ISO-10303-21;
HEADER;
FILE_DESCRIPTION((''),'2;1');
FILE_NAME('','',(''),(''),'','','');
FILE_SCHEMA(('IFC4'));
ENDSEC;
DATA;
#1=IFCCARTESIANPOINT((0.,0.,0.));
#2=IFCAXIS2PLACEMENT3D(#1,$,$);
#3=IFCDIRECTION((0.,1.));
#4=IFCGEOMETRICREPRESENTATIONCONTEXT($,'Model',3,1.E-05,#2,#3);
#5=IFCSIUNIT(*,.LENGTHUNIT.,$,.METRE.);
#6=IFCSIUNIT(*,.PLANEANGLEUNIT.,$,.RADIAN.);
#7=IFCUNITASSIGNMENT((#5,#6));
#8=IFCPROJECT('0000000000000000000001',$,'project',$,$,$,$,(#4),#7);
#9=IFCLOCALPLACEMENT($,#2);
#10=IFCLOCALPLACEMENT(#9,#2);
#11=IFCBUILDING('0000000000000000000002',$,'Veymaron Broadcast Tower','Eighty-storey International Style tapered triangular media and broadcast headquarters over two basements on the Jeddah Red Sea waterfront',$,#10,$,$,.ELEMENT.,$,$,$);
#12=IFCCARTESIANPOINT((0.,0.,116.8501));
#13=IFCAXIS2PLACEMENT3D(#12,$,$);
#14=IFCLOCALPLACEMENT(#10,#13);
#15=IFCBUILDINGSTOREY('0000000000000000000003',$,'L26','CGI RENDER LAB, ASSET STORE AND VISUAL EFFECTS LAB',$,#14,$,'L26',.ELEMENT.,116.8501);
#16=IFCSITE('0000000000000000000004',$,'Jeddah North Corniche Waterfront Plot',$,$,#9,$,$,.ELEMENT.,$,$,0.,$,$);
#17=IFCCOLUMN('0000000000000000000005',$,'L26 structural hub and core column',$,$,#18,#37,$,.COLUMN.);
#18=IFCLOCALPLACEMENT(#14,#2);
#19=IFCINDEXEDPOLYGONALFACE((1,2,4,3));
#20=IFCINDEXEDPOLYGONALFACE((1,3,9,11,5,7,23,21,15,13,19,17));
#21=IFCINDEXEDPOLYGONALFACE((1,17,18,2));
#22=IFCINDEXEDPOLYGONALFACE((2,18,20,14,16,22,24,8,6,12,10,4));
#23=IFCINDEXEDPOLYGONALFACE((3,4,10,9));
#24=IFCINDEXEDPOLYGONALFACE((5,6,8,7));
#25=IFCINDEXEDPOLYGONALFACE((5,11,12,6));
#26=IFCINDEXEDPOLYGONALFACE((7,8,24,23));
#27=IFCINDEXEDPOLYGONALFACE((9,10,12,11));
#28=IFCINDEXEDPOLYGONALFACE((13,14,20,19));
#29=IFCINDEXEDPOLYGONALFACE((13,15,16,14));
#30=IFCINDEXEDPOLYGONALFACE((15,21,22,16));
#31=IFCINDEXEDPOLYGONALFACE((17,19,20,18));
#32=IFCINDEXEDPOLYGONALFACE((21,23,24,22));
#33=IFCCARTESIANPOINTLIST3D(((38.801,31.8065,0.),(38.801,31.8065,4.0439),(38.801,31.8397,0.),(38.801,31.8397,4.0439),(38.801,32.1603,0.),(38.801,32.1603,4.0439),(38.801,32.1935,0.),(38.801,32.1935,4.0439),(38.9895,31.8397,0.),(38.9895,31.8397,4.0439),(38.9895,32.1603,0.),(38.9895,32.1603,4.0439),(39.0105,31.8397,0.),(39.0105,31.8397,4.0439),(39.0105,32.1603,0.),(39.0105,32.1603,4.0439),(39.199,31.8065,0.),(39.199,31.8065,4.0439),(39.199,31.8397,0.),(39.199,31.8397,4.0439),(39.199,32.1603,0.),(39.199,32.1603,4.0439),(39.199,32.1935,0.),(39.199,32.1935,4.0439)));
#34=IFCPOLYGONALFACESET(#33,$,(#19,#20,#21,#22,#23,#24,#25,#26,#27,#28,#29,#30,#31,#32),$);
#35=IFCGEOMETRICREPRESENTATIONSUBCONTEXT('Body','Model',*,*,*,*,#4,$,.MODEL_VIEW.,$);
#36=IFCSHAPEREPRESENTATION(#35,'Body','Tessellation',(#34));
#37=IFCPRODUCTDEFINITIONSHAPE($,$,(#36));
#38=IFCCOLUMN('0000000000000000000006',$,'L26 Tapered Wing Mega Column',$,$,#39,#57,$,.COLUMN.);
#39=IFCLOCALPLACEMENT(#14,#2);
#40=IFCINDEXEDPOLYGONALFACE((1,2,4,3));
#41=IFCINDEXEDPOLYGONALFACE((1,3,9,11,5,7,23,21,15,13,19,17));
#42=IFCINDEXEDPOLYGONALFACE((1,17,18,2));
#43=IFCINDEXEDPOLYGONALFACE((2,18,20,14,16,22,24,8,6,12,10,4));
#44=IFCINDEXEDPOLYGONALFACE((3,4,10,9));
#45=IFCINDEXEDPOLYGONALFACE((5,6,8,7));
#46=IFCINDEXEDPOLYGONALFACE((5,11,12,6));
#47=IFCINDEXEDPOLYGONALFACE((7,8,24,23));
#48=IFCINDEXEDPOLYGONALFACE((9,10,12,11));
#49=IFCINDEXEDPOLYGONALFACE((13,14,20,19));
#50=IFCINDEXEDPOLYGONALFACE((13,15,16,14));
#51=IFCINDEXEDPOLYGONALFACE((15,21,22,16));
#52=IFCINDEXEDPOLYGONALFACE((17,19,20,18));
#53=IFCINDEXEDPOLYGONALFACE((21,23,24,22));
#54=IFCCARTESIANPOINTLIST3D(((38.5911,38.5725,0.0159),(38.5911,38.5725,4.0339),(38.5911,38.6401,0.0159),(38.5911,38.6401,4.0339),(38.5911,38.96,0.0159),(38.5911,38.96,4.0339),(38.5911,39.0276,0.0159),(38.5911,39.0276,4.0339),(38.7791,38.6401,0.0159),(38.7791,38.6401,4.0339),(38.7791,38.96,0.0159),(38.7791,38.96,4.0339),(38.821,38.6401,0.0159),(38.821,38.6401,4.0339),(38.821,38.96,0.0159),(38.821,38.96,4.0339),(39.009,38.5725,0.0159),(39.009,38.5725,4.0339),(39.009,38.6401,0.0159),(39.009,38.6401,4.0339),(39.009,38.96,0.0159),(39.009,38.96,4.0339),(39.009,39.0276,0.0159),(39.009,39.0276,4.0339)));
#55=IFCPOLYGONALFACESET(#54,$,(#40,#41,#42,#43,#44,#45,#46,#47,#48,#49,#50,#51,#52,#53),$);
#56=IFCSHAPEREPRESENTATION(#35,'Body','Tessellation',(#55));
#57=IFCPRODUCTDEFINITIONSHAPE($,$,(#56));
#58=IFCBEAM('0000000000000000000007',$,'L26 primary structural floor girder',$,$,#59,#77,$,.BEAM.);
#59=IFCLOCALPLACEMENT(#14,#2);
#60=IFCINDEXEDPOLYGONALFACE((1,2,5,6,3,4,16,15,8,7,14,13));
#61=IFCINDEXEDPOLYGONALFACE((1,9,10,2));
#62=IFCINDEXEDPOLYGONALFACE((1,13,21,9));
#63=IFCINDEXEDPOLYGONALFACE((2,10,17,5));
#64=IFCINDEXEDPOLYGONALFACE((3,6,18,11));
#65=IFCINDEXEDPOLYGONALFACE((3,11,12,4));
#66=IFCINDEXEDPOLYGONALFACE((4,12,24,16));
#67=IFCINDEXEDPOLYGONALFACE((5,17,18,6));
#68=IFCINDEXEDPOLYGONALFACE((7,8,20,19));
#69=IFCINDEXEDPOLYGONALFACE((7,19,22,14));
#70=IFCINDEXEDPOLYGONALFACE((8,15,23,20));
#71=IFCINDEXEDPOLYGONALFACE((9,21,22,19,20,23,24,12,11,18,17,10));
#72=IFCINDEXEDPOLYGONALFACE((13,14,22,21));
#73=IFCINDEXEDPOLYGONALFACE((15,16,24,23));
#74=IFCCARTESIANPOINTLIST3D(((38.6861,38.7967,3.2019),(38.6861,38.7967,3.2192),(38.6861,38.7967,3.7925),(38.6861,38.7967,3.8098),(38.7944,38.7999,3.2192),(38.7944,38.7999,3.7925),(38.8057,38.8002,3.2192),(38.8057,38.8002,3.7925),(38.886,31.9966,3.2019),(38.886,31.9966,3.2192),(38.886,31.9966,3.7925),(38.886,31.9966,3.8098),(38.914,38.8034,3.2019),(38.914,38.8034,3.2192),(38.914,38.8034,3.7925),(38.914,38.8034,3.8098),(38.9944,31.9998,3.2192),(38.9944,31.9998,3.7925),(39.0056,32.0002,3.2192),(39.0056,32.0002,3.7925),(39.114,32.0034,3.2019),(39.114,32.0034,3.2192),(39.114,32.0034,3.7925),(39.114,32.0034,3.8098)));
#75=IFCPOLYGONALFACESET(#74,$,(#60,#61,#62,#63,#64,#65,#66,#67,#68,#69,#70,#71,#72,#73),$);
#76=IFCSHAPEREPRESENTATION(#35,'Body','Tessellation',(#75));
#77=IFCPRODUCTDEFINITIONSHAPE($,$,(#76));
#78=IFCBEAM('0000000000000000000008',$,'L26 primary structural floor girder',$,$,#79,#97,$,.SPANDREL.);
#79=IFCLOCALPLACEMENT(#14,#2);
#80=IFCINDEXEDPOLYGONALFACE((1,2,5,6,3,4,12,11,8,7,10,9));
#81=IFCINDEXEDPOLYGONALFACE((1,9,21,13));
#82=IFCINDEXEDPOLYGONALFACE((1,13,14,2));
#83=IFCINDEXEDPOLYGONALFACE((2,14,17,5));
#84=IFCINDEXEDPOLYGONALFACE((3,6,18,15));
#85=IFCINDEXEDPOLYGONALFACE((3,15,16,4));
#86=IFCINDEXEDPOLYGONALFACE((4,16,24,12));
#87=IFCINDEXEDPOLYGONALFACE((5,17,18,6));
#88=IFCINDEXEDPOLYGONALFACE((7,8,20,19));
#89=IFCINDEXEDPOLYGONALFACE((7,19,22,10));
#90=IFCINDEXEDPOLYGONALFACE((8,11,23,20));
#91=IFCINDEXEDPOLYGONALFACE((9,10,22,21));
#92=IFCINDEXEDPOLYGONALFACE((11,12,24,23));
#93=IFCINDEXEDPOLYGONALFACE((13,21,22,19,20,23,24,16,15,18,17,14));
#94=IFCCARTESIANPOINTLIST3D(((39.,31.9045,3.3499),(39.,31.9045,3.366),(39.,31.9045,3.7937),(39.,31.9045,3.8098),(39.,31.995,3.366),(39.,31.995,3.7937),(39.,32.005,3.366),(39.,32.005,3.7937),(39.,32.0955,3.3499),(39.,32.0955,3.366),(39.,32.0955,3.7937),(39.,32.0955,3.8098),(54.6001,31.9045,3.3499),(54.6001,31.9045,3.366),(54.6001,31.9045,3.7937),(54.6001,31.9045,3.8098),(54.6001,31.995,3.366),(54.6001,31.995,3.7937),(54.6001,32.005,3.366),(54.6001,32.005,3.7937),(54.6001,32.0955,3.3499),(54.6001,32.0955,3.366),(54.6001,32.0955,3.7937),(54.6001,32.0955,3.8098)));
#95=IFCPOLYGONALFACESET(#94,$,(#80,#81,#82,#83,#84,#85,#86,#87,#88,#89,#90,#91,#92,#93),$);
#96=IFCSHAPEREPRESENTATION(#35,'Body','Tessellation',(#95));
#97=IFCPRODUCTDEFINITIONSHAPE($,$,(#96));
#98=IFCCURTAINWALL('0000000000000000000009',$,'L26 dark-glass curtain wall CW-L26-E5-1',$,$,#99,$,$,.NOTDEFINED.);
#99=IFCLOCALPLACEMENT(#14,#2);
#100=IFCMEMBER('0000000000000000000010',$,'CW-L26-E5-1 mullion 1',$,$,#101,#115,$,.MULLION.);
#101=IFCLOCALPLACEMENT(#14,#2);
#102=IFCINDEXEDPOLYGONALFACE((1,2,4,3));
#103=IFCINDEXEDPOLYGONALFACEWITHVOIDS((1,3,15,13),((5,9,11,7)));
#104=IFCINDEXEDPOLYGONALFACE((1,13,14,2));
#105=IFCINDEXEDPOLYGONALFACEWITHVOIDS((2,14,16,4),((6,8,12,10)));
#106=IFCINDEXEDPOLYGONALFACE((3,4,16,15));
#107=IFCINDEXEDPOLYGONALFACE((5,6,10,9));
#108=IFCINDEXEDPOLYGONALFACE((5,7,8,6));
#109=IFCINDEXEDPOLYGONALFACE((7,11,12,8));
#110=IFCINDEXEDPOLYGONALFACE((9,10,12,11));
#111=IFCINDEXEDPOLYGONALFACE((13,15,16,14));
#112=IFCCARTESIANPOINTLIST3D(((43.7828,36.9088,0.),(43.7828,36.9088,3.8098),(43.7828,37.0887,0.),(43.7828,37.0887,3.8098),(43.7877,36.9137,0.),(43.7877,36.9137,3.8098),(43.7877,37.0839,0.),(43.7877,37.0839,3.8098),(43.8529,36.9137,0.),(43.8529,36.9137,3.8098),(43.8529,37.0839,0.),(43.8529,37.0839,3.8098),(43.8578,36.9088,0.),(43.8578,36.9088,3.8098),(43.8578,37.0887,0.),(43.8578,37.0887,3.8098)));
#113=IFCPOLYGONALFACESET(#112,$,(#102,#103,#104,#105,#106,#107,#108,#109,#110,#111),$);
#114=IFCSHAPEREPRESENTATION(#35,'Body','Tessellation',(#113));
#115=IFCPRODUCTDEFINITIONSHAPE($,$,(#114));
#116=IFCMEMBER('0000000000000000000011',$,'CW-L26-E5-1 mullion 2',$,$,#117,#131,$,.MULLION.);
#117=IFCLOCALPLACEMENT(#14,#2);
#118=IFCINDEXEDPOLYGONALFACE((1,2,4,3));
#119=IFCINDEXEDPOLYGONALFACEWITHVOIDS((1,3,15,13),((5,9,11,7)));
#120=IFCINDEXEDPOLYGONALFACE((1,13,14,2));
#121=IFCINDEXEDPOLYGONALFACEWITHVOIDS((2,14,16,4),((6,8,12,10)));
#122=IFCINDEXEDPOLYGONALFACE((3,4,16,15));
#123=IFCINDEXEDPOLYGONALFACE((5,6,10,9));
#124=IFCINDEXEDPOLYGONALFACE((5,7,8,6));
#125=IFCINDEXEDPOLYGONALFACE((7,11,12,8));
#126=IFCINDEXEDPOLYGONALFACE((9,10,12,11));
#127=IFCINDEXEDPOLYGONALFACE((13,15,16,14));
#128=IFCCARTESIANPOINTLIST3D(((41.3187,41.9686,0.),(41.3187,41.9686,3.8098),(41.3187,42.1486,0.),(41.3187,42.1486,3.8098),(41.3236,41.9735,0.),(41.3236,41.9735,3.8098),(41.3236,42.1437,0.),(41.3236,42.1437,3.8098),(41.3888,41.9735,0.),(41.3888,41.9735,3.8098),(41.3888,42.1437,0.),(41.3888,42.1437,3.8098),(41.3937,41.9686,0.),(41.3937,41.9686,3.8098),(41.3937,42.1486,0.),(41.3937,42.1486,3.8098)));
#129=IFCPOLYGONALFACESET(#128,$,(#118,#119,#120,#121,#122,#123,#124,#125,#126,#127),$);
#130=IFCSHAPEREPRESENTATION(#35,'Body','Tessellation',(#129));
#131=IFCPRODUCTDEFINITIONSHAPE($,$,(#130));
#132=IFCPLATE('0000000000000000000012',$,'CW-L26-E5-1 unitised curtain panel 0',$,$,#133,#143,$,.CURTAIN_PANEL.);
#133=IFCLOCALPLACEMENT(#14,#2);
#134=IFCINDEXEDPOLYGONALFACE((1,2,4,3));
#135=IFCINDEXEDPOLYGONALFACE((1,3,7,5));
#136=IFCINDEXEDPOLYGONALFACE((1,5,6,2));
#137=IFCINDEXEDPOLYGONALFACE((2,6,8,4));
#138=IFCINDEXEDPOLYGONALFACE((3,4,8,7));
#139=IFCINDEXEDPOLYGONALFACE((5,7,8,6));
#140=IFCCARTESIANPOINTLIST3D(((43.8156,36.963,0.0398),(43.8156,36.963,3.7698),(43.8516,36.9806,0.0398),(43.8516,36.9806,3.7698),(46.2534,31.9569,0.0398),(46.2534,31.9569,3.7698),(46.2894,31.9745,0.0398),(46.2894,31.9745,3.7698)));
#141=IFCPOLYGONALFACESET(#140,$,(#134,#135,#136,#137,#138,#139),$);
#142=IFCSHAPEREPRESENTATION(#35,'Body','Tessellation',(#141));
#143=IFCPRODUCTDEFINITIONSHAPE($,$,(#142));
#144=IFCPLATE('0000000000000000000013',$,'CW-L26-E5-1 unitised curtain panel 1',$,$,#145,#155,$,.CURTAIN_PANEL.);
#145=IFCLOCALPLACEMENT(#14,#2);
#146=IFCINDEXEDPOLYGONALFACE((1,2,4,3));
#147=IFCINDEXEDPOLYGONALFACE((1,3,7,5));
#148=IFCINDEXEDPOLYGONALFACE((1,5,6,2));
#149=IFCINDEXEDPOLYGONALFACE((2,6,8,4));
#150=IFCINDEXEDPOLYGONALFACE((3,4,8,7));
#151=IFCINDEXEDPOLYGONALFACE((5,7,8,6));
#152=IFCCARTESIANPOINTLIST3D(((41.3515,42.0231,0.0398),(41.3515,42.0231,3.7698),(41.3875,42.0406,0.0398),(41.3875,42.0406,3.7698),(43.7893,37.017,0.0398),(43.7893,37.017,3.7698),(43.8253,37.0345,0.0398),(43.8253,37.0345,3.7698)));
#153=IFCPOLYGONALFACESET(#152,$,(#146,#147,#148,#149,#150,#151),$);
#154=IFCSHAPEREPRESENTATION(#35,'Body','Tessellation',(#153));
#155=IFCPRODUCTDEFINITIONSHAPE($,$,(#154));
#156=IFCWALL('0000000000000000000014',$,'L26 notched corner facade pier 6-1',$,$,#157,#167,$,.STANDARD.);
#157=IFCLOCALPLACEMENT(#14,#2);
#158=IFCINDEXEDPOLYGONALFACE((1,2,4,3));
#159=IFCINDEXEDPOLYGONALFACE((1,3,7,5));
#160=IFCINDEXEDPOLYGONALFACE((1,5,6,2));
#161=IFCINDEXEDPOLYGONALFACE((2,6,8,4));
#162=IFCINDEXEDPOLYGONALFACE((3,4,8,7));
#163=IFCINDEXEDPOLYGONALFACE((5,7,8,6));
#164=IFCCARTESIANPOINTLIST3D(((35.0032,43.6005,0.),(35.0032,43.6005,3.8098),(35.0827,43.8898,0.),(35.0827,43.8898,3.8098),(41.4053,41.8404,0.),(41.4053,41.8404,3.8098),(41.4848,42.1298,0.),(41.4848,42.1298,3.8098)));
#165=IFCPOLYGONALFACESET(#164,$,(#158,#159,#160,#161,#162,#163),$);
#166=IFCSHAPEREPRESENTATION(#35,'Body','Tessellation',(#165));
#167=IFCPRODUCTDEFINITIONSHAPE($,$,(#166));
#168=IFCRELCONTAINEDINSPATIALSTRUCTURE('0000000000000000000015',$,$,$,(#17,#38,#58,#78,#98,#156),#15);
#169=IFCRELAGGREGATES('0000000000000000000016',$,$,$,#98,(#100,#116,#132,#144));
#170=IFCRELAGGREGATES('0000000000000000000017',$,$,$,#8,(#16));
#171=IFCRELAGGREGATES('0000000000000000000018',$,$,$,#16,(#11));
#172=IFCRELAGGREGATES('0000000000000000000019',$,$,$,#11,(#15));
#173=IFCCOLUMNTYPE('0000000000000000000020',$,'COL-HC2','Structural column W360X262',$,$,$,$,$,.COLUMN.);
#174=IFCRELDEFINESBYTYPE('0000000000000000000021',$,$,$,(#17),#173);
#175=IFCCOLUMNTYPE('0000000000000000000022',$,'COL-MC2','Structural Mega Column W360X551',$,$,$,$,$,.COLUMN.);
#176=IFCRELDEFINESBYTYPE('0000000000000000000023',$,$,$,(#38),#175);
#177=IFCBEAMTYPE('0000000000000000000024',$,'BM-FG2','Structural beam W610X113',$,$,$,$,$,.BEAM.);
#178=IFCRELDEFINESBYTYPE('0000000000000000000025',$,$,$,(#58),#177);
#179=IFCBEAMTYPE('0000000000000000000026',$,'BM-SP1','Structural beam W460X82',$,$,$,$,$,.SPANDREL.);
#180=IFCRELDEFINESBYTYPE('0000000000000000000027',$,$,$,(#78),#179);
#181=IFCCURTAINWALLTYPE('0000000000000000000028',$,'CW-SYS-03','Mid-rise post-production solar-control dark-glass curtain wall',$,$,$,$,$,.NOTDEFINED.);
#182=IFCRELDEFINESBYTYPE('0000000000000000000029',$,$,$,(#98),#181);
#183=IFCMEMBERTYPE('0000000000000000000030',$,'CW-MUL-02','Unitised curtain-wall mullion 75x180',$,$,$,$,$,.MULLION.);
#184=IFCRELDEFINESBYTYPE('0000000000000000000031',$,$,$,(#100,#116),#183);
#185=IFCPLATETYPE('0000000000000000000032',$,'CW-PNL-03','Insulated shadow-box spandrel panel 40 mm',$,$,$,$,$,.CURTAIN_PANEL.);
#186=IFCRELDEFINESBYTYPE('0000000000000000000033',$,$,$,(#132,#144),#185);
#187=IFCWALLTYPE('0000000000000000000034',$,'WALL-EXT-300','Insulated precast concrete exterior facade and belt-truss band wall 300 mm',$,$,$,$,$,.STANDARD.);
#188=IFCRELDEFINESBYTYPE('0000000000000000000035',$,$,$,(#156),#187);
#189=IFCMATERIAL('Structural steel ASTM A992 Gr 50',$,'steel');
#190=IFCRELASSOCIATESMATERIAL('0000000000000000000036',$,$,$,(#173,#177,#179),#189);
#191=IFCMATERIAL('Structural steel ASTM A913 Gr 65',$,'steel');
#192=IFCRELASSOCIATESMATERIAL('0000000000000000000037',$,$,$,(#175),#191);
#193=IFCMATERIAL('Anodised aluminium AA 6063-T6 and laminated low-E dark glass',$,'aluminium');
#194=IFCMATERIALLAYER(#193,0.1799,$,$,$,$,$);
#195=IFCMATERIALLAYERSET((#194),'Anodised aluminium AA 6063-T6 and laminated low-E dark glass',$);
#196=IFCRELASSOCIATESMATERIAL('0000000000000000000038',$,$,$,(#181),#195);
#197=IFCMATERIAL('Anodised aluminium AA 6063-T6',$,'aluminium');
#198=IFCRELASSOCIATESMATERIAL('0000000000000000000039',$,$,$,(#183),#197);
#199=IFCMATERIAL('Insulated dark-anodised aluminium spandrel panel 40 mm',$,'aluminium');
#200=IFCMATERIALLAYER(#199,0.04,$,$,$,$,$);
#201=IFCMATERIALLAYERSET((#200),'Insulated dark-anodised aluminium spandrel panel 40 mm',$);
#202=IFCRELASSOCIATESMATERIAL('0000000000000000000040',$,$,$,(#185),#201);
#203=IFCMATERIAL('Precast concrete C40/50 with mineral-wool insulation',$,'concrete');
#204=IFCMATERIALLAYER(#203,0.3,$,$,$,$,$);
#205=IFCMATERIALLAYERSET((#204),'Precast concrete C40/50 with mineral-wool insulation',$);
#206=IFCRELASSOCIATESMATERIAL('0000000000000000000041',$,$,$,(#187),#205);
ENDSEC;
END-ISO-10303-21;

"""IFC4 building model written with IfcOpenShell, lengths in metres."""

from ifc_helpers import new_model, si_unit, direction, frame, frame_2d, origin, origin_2d, place, context, subcontext, project, spatial, rectangle, hollow_rectangle, i_section, extrude, material, layer, layer_set, material_profile, profile_set, type_object, element, aggregate, save


model = new_model("IFC4")

# Units and contexts
model_context = context("Model", 3, precision=1e-05, world=origin(), true_north=direction((0.0, 1.0)))
body_context = subcontext(model_context, "Body", "Model", "MODEL_VIEW")
ifc_project = project(units=[si_unit("LENGTHUNIT", "METRE"), si_unit("PLANEANGLEUNIT", "RADIAN")], contexts=[model_context])

# Site, building, storey
site_placement = place(None, origin())
site = spatial("IfcSite", under=ifc_project, at=site_placement, Name="Jeddah North Corniche Waterfront Plot", CompositionType="ELEMENT", RefElevation=0.0)
building_placement = place(site_placement, origin())
building = spatial("IfcBuilding", under=site, at=building_placement, Name="Veymaron Broadcast Tower", Description="Eighty-storey International Style tapered triangular media and broadcast headquarters over two basements on the Jeddah Red Sea waterfront", CompositionType="ELEMENT")
storey_placement = place(building_placement, frame((0.0, 0.0, 116.8501)))
storey = spatial("IfcBuildingStorey", under=building, at=storey_placement, Name="L26", Description="CGI RENDER LAB, ASSET STORE AND VISUAL EFFECTS LAB", LongName="L26", CompositionType="ELEMENT", Elevation=116.8501)

# Columns
ifc_material_1 = material(Name="Structural steel ASTM A992 Gr 50", Category="steel")
ifc_material_profile_1 = material_profile(ifc_material_1, i_section(OverallWidth=0.3979, OverallDepth=0.387, WebThickness=0.021, FlangeThickness=0.0332, at=origin_2d()), Name="W360X262")
ifc_profile_set_1 = profile_set([ifc_material_profile_1], Name="Structural steel ASTM A992 Gr 50")
column_type_1 = type_object("IfcColumnType", Name="COL-HC2", Description="Structural column W360X262", PredefinedType="COLUMN", material=ifc_profile_set_1)
column_1_placement = place(storey_placement, frame((39.0, 32.0, 0.0), z_axis=(0.0, 0.0, 1.0), x_axis=(1.0, 0.0, 0.0)))
element("IfcColumn", 1, at=column_1_placement, inside=storey, type_object=column_type_1, Name="L26 structural hub and core column", PredefinedType="COLUMN", context=body_context, shape_type="SweptSolid", body=[
    extrude(i_section(OverallWidth=0.3979, OverallDepth=0.387, WebThickness=0.021, FlangeThickness=0.0332, at=origin_2d()), origin(), (0.0, 0.0, 1.0), 4.0439),
])
ifc_material_2 = material(Name="Structural steel ASTM A913 Gr 65", Category="steel")
ifc_material_profile_2 = material_profile(ifc_material_2, i_section(OverallWidth=0.418, OverallDepth=0.4551, WebThickness=0.042, FlangeThickness=0.0676, at=origin_2d()), Name="W360X551")
ifc_profile_set_2 = profile_set([ifc_material_profile_2], Name="Structural steel ASTM A913 Gr 65")
column_type_2 = type_object("IfcColumnType", Name="COL-MC2", Description="Structural Mega Column W360X551", PredefinedType="COLUMN", material=ifc_profile_set_2)
column_2_placement = place(storey_placement, frame((38.8, 38.8, 0.0159), z_axis=(0.0, 0.0, 1.0), x_axis=(1.0, 0.0, 0.0)))
element("IfcColumn", 2, at=column_2_placement, inside=storey, type_object=column_type_2, Name="L26 Tapered Wing Mega Column", PredefinedType="COLUMN", context=body_context, shape_type="SweptSolid", body=[
    extrude(i_section(OverallWidth=0.418, OverallDepth=0.4551, WebThickness=0.042, FlangeThickness=0.0676, at=origin_2d()), origin(), (0.0, 0.0, 1.0), 4.0181),
])

# Beams
ifc_material_profile_3 = material_profile(ifc_material_1, i_section(OverallWidth=0.228, OverallDepth=0.6079, WebThickness=0.0112, FlangeThickness=0.0173, at=origin_2d()), Name="W610X113")
ifc_profile_set_3 = profile_set([ifc_material_profile_3], Name="Structural steel ASTM A992 Gr 50")
beam_type_1 = type_object("IfcBeamType", Name="BM-FG2", Description="Structural beam W610X113", PredefinedType="BEAM", material=ifc_profile_set_3)
beam_1_placement = place(storey_placement, frame((39.0, 32.0, 3.5059), z_axis=(-0.029392, 0.999568, 0.0), x_axis=(-0.999568, -0.029392, 0.0)))
element("IfcBeam", 3, at=beam_1_placement, inside=storey, type_object=beam_type_1, Name="L26 primary structural floor girder", PredefinedType="BEAM", context=body_context, shape_type="SweptSolid", body=[
    extrude(i_section(OverallWidth=0.228, OverallDepth=0.6079, WebThickness=0.0112, FlangeThickness=0.0173, at=origin_2d()), origin(), (0.0, 0.0, 1.0), 6.803),
])
ifc_material_profile_4 = material_profile(ifc_material_1, i_section(OverallWidth=0.1909, OverallDepth=0.46, WebThickness=0.01, FlangeThickness=0.0161, at=origin_2d()), Name="W460X82")
ifc_profile_set_4 = profile_set([ifc_material_profile_4], Name="Structural steel ASTM A992 Gr 50")
beam_type_2 = type_object("IfcBeamType", Name="BM-SP1", Description="Structural beam W460X82", PredefinedType="SPANDREL", material=ifc_profile_set_4)
beam_2_placement = place(storey_placement, frame((39.0, 32.0, 3.5798), z_axis=(1.0, 0.0, 0.0), x_axis=(0.0, 1.0, 0.0)))
element("IfcBeam", 4, at=beam_2_placement, inside=storey, type_object=beam_type_2, Name="L26 primary structural floor girder", PredefinedType="SPANDREL", context=body_context, shape_type="SweptSolid", body=[
    extrude(i_section(OverallWidth=0.1909, OverallDepth=0.46, WebThickness=0.01, FlangeThickness=0.0161, at=origin_2d()), origin(), (0.0, 0.0, 1.0), 15.6001),
])

# Curtain wall, members, plates
ifc_material_3 = material(Name="Anodised aluminium AA 6063-T6 and laminated low-E dark glass", Category="aluminium")
ifc_layer_1 = layer(ifc_material_3, 0.1799)
ifc_layer_set_1 = layer_set([ifc_layer_1], Name="Anodised aluminium AA 6063-T6 and laminated low-E dark glass")
curtain_wall_type = type_object("IfcCurtainWallType", Name="CW-SYS-03", Description="Mid-rise post-production solar-control dark-glass curtain wall", PredefinedType="NOTDEFINED", material=ifc_layer_set_1)
curtain_wall_placement = place(storey_placement, origin())
curtain_wall = element("IfcCurtainWall", 5, at=curtain_wall_placement, inside=storey, type_object=curtain_wall_type, Name="L26 dark-glass curtain wall CW-L26-E5-1", PredefinedType="NOTDEFINED")
ifc_material_4 = material(Name="Anodised aluminium AA 6063-T6", Category="aluminium")
ifc_material_profile_5 = material_profile(ifc_material_4, hollow_rectangle(XDim=0.075, YDim=0.1799, WallThickness=0.0049, at=origin_2d()), Name="AL180X75X5")
ifc_profile_set_5 = profile_set([ifc_material_profile_5], Name="Anodised aluminium AA 6063-T6")
member_type = type_object("IfcMemberType", Name="CW-MUL-02", Description="Unitised curtain-wall mullion 75x180", PredefinedType="MULLION", material=ifc_profile_set_5)
member_1_placement = place(storey_placement, frame((43.8203, 36.9988, 0.0), z_axis=(0.0, 0.0, 1.0), x_axis=(1.0, 0.0, 0.0)))
member_1 = element("IfcMember", 6, at=member_1_placement, type_object=member_type, Name="CW-L26-E5-1 mullion 1", PredefinedType="MULLION", context=body_context, shape_type="SweptSolid", body=[
    extrude(hollow_rectangle(XDim=0.075, YDim=0.1799, WallThickness=0.0049, at=origin_2d()), origin(), (0.0, 0.0, 1.0), 3.8098),
])
member_2_placement = place(storey_placement, frame((41.3562, 42.0586, 0.0), z_axis=(0.0, 0.0, 1.0), x_axis=(1.0, 0.0, 0.0)))
member_2 = element("IfcMember", 7, at=member_2_placement, type_object=member_type, Name="CW-L26-E5-1 mullion 2", PredefinedType="MULLION", context=body_context, shape_type="SweptSolid", body=[
    extrude(hollow_rectangle(XDim=0.075, YDim=0.1799, WallThickness=0.0049, at=origin_2d()), origin(), (0.0, 0.0, 1.0), 3.8098),
])
ifc_material_5 = material(Name="Insulated dark-anodised aluminium spandrel panel 40 mm", Category="aluminium")
ifc_layer_2 = layer(ifc_material_5, 0.04)
ifc_layer_set_2 = layer_set([ifc_layer_2], Name="Insulated dark-anodised aluminium spandrel panel 40 mm")
plate_type = type_object("IfcPlateType", Name="CW-PNL-03", Description="Insulated shadow-box spandrel panel 40 mm", PredefinedType="CURTAIN_PANEL", material=ifc_layer_set_2)
plate_1_placement = place(storey_placement, frame((45.0525, 34.4688, 0.0398), z_axis=(0.0, 0.0, 1.0), x_axis=(-0.437822, 0.899062, 0.0)))
plate_1 = element("IfcPlate", 8, at=plate_1_placement, type_object=plate_type, Name="CW-L26-E5-1 unitised curtain panel 0", PredefinedType="CURTAIN_PANEL", context=body_context, shape_type="SweptSolid", body=[
    extrude(rectangle(XDim=5.5681, YDim=0.04, at=origin_2d()), origin(), (0.0, 0.0, 1.0), 3.73),
])
plate_2_placement = place(storey_placement, frame((42.5884, 39.5288, 0.0398), z_axis=(0.0, 0.0, 1.0), x_axis=(-0.437822, 0.899062, 0.0)))
plate_2 = element("IfcPlate", 9, at=plate_2_placement, type_object=plate_type, Name="CW-L26-E5-1 unitised curtain panel 1", PredefinedType="CURTAIN_PANEL", context=body_context, shape_type="SweptSolid", body=[
    extrude(rectangle(XDim=5.5681, YDim=0.04, at=origin_2d()), origin(), (0.0, 0.0, 1.0), 3.73),
])
aggregate(curtain_wall, [member_1, member_2, plate_1, plate_2])

# Wall
ifc_material_6 = material(Name="Precast concrete C40/50 with mineral-wool insulation", Category="concrete")
ifc_layer_3 = layer(ifc_material_6, 0.3)
ifc_layer_set_3 = layer_set([ifc_layer_3], Name="Precast concrete C40/50 with mineral-wool insulation")
wall_type_1 = type_object("IfcWallType", Name="WALL-EXT-300", Description="Insulated precast concrete exterior facade and belt-truss band wall 300 mm", PredefinedType="STANDARD", material=ifc_layer_set_3)
wall_1_placement = place(storey_placement, frame((41.4451, 41.9851, 0.0), z_axis=(0.0, 0.0, 1.0), x_axis=(-0.964227, 0.265077, 0.0)))
element("IfcWall", 10, at=wall_1_placement, inside=storey, type_object=wall_type_1, Name="L26 notched corner facade pier 6-1", PredefinedType="STANDARD", context=body_context, shape_type="SweptSolid", body=[
    extrude(rectangle(XDim=6.6396, YDim=0.3, at=frame_2d((3.3198, 0.0))), origin(), (0.0, 0.0, 1.0), 3.8098),
])

save(model, "model.ifc")
